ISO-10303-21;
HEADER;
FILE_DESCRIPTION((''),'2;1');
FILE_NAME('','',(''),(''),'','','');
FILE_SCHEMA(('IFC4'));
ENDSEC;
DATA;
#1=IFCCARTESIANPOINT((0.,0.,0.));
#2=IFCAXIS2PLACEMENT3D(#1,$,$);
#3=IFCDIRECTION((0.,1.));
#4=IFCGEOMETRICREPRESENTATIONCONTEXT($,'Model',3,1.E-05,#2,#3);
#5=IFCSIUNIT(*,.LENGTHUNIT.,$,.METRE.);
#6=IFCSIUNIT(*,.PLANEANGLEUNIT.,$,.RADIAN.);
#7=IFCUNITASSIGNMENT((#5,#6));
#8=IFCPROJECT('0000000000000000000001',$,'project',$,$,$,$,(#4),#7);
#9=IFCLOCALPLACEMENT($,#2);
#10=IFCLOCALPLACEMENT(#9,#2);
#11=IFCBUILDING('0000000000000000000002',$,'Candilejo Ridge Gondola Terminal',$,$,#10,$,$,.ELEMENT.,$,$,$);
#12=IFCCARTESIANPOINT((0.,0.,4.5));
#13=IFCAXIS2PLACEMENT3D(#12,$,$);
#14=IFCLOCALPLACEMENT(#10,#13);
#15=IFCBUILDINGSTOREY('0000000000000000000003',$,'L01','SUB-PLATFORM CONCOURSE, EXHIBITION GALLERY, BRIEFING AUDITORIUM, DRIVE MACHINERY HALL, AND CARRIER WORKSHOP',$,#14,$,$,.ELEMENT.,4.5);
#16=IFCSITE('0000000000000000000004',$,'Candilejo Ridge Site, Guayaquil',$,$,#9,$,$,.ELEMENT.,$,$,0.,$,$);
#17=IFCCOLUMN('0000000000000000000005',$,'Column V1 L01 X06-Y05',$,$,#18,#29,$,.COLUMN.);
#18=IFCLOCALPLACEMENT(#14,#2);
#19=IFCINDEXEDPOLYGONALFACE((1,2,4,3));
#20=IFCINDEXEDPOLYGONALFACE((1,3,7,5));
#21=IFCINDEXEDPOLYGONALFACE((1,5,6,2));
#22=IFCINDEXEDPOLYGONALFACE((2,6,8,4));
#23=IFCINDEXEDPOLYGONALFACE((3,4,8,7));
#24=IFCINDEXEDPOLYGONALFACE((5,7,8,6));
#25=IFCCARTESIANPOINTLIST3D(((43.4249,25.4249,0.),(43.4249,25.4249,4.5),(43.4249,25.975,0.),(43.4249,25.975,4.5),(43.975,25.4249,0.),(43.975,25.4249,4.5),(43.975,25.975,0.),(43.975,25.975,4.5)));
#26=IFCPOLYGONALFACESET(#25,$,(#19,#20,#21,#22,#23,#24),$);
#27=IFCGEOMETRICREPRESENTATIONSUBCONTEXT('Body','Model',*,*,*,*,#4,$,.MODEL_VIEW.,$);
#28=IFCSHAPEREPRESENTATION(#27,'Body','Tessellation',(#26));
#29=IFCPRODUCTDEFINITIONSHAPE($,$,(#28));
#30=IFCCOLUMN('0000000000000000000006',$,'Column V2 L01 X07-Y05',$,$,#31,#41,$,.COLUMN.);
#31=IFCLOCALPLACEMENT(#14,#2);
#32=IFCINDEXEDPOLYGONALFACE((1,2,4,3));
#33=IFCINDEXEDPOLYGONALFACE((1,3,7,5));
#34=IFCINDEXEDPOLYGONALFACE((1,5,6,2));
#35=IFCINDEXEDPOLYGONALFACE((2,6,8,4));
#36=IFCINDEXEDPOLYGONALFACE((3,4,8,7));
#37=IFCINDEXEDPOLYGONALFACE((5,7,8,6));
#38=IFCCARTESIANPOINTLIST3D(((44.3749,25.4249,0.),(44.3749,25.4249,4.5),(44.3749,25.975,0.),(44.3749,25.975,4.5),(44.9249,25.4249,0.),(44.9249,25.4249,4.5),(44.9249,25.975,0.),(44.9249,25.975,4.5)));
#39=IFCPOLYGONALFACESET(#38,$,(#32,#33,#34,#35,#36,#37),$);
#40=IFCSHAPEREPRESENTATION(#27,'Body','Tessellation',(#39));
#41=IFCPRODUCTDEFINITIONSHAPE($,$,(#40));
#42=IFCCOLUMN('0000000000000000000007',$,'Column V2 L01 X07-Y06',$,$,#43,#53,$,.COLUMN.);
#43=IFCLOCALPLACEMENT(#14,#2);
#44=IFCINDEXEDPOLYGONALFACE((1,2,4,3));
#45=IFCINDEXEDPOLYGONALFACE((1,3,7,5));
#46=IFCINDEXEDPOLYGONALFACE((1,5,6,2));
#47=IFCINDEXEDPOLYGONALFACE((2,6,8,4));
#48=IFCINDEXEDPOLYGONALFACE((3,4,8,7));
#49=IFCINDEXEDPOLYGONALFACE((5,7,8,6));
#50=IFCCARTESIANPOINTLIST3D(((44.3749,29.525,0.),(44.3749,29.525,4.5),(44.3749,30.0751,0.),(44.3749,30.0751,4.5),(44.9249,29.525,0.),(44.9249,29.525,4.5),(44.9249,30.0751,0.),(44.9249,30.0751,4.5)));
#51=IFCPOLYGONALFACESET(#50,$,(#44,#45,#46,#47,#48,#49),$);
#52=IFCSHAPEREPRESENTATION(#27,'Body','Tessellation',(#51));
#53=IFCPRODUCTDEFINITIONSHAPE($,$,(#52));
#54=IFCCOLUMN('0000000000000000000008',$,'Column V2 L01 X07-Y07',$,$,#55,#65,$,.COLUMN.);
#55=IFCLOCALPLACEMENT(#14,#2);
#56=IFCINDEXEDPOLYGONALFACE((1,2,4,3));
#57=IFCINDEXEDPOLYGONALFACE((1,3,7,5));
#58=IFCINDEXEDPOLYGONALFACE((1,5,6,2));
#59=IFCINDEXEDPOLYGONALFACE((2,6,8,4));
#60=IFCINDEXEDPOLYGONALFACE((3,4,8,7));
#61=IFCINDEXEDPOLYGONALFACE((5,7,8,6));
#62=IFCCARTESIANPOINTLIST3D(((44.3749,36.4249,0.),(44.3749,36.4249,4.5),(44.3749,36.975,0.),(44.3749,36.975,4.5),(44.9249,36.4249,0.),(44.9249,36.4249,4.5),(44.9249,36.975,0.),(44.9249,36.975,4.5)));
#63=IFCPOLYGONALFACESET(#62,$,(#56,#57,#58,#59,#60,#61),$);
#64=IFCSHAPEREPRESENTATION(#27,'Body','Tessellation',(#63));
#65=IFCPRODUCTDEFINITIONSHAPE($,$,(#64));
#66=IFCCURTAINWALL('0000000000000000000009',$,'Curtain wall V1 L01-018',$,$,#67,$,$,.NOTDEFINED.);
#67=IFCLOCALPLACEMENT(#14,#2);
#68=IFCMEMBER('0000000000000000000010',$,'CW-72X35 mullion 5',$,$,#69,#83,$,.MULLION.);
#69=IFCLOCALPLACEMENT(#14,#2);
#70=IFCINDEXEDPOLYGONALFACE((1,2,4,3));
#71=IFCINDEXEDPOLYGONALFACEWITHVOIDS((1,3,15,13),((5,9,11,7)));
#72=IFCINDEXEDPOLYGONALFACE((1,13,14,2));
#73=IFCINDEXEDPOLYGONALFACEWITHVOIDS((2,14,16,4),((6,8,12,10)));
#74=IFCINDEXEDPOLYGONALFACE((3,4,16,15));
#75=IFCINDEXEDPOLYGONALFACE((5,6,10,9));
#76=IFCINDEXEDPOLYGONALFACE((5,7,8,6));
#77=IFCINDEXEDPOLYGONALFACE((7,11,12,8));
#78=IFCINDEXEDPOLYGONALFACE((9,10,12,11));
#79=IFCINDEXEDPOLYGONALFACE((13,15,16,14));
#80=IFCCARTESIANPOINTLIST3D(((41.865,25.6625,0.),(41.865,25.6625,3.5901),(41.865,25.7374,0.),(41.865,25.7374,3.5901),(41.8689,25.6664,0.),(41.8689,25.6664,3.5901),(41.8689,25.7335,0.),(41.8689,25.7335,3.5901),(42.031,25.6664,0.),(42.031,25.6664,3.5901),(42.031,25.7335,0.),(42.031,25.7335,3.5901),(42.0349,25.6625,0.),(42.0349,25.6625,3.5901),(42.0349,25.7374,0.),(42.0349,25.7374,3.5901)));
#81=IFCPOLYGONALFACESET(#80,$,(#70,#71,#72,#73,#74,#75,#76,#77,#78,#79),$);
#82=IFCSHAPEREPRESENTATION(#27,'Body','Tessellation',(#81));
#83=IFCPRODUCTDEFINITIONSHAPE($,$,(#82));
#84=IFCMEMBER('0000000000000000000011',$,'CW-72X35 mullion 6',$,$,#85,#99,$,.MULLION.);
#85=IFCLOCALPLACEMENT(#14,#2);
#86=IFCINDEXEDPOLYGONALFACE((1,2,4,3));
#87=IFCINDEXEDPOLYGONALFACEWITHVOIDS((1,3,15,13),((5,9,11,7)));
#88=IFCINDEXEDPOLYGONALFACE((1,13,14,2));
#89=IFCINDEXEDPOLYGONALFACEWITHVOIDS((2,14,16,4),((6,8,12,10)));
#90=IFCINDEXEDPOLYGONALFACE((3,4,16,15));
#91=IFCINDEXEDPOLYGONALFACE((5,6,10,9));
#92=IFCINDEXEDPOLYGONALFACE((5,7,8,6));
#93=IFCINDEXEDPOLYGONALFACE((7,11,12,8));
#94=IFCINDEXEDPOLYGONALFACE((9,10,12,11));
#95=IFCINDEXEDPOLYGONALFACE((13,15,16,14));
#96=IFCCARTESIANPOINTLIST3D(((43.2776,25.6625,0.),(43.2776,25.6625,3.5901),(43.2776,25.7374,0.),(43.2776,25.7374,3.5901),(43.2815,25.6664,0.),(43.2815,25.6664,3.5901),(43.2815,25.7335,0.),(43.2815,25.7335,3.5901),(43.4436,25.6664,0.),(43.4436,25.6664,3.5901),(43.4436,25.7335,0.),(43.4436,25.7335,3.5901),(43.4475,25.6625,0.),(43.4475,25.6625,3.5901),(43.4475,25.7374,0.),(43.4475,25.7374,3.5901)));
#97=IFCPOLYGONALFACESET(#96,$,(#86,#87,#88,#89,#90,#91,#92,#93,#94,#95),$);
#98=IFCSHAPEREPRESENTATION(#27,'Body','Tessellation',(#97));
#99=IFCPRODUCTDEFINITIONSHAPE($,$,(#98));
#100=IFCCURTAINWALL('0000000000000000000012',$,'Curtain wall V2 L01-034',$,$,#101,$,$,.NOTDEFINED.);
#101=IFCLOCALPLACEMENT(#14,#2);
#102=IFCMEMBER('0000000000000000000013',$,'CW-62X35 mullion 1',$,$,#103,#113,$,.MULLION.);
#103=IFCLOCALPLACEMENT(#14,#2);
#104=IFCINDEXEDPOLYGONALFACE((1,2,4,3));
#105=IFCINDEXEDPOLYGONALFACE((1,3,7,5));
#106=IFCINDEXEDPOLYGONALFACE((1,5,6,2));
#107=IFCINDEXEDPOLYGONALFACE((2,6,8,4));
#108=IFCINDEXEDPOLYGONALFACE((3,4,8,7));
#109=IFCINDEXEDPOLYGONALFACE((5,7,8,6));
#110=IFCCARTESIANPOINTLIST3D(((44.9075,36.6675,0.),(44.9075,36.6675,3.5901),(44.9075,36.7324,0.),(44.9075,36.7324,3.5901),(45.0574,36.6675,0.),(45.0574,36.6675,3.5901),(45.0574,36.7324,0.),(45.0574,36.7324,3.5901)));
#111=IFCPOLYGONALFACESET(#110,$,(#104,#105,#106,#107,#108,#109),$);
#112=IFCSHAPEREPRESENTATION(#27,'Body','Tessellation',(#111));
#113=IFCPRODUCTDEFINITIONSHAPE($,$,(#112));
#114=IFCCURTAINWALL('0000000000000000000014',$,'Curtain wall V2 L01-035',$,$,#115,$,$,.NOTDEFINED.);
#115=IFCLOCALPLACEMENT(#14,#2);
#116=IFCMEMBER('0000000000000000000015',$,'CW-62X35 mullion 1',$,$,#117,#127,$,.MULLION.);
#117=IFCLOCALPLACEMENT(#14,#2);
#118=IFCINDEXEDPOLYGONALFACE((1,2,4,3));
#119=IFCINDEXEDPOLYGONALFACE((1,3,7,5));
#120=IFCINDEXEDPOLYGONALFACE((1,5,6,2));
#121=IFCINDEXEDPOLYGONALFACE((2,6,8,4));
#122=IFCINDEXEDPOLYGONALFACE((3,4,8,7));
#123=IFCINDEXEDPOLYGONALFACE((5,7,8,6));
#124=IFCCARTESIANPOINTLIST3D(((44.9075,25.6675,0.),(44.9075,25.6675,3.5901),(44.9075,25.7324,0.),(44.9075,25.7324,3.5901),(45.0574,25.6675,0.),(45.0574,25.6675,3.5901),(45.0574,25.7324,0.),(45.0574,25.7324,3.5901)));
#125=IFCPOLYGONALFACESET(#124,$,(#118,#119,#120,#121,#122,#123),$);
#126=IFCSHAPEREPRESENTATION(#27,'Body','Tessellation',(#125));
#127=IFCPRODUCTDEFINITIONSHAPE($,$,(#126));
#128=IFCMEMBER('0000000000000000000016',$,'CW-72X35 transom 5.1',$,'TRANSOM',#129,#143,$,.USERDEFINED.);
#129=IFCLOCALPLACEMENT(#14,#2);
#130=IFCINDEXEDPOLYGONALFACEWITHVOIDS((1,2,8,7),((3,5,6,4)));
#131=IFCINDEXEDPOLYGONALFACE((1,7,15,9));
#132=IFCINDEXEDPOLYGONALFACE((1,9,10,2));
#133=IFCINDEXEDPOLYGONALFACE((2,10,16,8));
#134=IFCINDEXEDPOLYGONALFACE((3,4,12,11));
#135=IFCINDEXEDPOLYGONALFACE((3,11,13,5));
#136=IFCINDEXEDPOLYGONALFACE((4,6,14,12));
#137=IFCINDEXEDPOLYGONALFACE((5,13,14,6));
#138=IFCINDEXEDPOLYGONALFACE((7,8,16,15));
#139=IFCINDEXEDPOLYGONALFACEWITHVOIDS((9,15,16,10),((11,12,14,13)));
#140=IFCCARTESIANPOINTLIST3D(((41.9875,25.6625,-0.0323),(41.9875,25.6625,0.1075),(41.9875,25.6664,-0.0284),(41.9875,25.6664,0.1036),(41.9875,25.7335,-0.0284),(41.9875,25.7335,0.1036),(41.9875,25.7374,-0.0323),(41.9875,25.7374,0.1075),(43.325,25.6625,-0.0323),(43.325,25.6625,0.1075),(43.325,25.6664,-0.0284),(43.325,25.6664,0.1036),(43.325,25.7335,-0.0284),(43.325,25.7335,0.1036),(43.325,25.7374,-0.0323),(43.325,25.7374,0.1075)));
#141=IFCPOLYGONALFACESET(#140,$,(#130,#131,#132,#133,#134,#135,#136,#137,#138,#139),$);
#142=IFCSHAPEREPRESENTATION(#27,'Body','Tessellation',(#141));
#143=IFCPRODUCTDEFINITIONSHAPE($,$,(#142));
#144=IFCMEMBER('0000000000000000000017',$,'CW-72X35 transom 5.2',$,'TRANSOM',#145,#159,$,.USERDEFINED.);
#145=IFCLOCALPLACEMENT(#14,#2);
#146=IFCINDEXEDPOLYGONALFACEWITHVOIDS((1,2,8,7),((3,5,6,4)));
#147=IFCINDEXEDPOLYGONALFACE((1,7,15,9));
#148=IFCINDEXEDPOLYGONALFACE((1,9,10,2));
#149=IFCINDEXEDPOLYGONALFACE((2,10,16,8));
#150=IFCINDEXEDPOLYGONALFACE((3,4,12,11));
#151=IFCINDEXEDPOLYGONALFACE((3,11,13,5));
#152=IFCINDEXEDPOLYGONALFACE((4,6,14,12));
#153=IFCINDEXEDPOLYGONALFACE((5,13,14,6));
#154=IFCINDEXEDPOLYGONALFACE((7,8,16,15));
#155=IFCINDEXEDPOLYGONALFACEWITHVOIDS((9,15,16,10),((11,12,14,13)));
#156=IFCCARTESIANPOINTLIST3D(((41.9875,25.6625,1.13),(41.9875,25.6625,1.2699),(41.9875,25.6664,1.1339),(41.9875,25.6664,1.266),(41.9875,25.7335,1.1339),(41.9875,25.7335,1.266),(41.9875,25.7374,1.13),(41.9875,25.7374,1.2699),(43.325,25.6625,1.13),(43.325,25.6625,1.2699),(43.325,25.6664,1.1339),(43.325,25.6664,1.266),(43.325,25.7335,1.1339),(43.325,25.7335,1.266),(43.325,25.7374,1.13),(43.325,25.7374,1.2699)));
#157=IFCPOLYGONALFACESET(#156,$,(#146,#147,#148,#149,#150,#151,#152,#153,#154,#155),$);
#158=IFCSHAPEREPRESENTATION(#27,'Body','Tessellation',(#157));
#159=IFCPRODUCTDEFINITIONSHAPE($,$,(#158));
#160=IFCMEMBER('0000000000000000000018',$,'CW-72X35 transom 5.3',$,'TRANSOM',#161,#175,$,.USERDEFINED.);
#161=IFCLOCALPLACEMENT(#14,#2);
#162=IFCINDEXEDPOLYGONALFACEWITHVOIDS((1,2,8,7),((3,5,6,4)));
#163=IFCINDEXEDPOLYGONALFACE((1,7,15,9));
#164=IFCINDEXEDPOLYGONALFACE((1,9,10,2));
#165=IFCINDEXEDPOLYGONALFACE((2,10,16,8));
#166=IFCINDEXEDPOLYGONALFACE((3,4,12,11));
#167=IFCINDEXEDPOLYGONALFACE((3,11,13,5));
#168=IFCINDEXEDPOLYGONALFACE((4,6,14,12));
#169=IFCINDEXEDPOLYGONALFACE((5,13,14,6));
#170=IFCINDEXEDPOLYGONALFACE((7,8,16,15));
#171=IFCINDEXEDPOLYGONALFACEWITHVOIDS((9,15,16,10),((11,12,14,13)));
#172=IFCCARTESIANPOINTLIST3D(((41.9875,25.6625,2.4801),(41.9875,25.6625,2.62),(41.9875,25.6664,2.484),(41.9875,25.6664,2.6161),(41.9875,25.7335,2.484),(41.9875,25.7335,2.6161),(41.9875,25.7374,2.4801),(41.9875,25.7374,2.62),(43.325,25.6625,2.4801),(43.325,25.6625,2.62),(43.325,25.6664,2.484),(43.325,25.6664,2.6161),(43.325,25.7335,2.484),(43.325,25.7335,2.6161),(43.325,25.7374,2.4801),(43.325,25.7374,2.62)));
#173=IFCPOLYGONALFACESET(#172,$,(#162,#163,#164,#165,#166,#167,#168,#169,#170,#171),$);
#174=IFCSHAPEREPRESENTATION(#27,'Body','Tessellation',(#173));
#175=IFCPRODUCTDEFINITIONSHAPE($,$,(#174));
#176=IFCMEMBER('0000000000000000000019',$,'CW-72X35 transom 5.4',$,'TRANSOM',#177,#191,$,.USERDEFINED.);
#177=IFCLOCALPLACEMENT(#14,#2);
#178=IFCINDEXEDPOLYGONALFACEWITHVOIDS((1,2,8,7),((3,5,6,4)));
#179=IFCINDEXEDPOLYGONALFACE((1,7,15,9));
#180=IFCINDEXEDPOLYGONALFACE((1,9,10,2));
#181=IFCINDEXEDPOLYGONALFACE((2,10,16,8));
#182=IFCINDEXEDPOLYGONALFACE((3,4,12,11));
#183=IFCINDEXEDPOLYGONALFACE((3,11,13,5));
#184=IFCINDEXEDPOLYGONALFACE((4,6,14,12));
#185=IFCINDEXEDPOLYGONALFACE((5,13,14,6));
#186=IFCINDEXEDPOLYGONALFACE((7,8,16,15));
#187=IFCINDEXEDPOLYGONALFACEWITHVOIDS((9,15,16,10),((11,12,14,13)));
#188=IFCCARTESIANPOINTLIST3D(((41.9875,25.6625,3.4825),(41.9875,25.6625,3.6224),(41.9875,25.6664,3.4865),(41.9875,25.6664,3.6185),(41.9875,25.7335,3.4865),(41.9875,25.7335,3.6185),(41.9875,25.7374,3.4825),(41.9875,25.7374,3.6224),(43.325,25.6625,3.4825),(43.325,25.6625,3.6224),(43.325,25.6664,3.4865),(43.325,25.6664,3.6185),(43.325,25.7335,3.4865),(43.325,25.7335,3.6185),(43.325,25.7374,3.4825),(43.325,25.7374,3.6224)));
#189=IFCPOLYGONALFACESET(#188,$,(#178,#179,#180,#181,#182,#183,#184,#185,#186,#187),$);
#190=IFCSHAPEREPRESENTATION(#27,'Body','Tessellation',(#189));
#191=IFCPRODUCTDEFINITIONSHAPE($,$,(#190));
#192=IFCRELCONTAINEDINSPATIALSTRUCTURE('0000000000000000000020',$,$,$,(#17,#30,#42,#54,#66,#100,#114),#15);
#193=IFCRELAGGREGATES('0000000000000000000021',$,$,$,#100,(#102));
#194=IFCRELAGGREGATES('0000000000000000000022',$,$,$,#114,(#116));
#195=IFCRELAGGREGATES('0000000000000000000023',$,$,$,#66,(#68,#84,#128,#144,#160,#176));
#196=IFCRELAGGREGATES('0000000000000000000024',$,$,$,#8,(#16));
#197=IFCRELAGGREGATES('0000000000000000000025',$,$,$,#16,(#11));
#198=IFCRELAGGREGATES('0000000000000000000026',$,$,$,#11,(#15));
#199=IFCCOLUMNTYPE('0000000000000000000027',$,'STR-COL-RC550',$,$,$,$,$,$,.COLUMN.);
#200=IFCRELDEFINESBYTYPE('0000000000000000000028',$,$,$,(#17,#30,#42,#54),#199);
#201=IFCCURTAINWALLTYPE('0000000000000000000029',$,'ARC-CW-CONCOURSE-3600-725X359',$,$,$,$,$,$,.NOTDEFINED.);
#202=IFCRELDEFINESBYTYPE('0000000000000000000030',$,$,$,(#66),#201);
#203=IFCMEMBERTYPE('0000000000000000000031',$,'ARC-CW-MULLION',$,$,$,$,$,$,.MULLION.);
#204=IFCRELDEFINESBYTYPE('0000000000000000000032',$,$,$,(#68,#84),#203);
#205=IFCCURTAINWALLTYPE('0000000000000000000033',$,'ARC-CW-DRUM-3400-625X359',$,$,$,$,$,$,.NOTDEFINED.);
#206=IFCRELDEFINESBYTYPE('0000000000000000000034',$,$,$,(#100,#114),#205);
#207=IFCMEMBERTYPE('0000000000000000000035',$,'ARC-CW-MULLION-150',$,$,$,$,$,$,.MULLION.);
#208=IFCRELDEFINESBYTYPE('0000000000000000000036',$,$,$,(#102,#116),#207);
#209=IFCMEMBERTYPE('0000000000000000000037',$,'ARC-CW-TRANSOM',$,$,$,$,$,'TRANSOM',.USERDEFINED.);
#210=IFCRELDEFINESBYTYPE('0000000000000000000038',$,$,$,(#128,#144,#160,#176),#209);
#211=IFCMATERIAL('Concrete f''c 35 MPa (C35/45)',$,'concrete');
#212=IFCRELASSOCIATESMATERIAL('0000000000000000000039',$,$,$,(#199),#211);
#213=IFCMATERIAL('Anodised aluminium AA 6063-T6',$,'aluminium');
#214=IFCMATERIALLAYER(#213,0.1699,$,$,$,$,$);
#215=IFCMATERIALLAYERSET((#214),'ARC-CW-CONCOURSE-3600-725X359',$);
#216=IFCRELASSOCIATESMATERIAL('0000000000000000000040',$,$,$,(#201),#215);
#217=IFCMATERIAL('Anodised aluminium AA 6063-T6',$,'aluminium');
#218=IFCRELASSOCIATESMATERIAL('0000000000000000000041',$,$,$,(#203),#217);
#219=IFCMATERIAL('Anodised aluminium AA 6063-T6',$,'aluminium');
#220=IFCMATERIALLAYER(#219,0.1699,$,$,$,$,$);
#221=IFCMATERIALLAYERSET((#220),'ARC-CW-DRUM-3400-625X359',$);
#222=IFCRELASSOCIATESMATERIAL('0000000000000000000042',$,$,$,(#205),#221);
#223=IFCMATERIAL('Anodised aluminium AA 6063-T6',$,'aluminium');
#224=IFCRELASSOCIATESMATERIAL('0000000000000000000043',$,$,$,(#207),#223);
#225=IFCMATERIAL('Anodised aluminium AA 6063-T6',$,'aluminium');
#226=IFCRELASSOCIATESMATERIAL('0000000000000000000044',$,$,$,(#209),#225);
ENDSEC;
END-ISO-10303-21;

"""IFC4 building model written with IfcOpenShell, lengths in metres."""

from ifc_helpers import new_model, si_unit, direction, frame, origin, origin_2d, place, context, subcontext, project, spatial, rectangle, hollow_rectangle, extrude, material, layer, layer_set, material_profile, profile_set, type_object, element, aggregate, save


model = new_model("IFC4")

# Units and contexts
model_context = context("Model", 3, precision=1e-05, world=origin(), true_north=direction((0.0, 1.0)))
body_context = subcontext(model_context, "Body", "Model", "MODEL_VIEW")
ifc_project = project(units=[si_unit("LENGTHUNIT", "METRE"), si_unit("PLANEANGLEUNIT", "RADIAN")], contexts=[model_context])

# Site, building, storey
site_placement = place(None, origin())
site = spatial("IfcSite", under=ifc_project, at=site_placement, Name="Candilejo Ridge Site, Guayaquil", CompositionType="ELEMENT", RefElevation=0.0)
building_placement = place(site_placement, origin())
building = spatial("IfcBuilding", under=site, at=building_placement, Name="Candilejo Ridge Gondola Terminal", CompositionType="ELEMENT")
storey_placement = place(building_placement, frame((0.0, 0.0, 4.5)))
storey = spatial("IfcBuildingStorey", under=building, at=storey_placement, Name="L01", Description="SUB-PLATFORM CONCOURSE, EXHIBITION GALLERY, BRIEFING AUDITORIUM, DRIVE MACHINERY HALL, AND CARRIER WORKSHOP", CompositionType="ELEMENT", Elevation=4.5)

# Columns
ifc_material_1 = material(Name="Concrete f'c 35 MPa (C35/45)", Category="concrete")
ifc_material_profile_1 = material_profile(ifc_material_1, rectangle(XDim=0.55, YDim=0.55, at=origin_2d()))
ifc_profile_set_1 = profile_set([ifc_material_profile_1], Name="Concrete f'c 35 MPa (C35/45)")
column_type = type_object("IfcColumnType", Name="STR-COL-RC550", PredefinedType="COLUMN", material=ifc_profile_set_1)
for number, where, z_axis, x_axis, name in (
    (1, (43.7, 25.7, 0.0), (0.0, 0.0, 1.0), (1.0, 0.0, 0.0), "Column V1 L01 X06-Y05"),
    (2, (44.6499, 25.7, 0.0), (0.0, 0.0, 1.0), (1.0, 0.0, 0.0), "Column V2 L01 X07-Y05"),
    (3, (44.6499, 29.8, 0.0), (0.0, 0.0, 1.0), (1.0, 0.0, 0.0), "Column V2 L01 X07-Y06"),
    (4, (44.6499, 36.7, 0.0), (0.0, 0.0, 1.0), (1.0, 0.0, 0.0), "Column V2 L01 X07-Y07"),
):
    element("IfcColumn", number, at=place(storey_placement, frame(where, z_axis=z_axis, x_axis=x_axis)), inside=storey, type_object=column_type, Name=name, PredefinedType="COLUMN", context=body_context, shape_type="SweptSolid", body=[
        extrude(rectangle(XDim=0.55, YDim=0.55, at=origin_2d()), origin(), (0.0, 0.0, 1.0), 4.5),
    ])

# Curtain wall, members
ifc_material_2 = material(Name="Anodised aluminium AA 6063-T6", Category="aluminium")
ifc_layer_1 = layer(ifc_material_2, 0.1699)
ifc_layer_set_1 = layer_set([ifc_layer_1], Name="ARC-CW-CONCOURSE-3600-725X359")
curtain_wall_type_1 = type_object("IfcCurtainWallType", Name="ARC-CW-CONCOURSE-3600-725X359", PredefinedType="NOTDEFINED", material=ifc_layer_set_1)
curtain_wall_1_placement = place(storey_placement, origin())
curtain_wall_1 = element("IfcCurtainWall", 5, at=curtain_wall_1_placement, inside=storey, type_object=curtain_wall_type_1, Name="Curtain wall V1 L01-018", PredefinedType="NOTDEFINED")
ifc_material_3 = material(Name="Anodised aluminium AA 6063-T6", Category="aluminium")
ifc_material_profile_2 = material_profile(ifc_material_3, hollow_rectangle(XDim=0.075, YDim=0.1699, WallThickness=0.0039, at=origin_2d()))
ifc_profile_set_2 = profile_set([ifc_material_profile_2], Name="Anodised aluminium AA 6063-T6")
member_type_1 = type_object("IfcMemberType", Name="ARC-CW-MULLION", PredefinedType="MULLION", material=ifc_profile_set_2)
member_1_placement = place(storey_placement, frame((41.95, 25.7, 0.0), z_axis=(0.0, 0.0, 1.0), x_axis=(0.0, 1.0, 0.0)))
member_1 = element("IfcMember", 6, at=member_1_placement, type_object=member_type_1, Name="CW-72X35 mullion 5", PredefinedType="MULLION", context=body_context, shape_type="SweptSolid", body=[
    extrude(hollow_rectangle(XDim=0.075, YDim=0.1699, WallThickness=0.0039, at=origin_2d()), origin(), (0.0, 0.0, 1.0), 3.5901),
])
member_2_placement = place(storey_placement, frame((43.3625, 25.7, 0.0), z_axis=(0.0, 0.0, 1.0), x_axis=(0.0, 1.0, 0.0)))
member_2 = element("IfcMember", 7, at=member_2_placement, type_object=member_type_1, Name="CW-72X35 mullion 6", PredefinedType="MULLION", context=body_context, shape_type="SweptSolid", body=[
    extrude(hollow_rectangle(XDim=0.075, YDim=0.1699, WallThickness=0.0039, at=origin_2d()), origin(), (0.0, 0.0, 1.0), 3.5901),
])

# Curtain walls, members
ifc_material_4 = material(Name="Anodised aluminium AA 6063-T6", Category="aluminium")
ifc_layer_2 = layer(ifc_material_4, 0.1699)
ifc_layer_set_2 = layer_set([ifc_layer_2], Name="ARC-CW-DRUM-3400-625X359")
curtain_wall_type_2 = type_object("IfcCurtainWallType", Name="ARC-CW-DRUM-3400-625X359", PredefinedType="NOTDEFINED", material=ifc_layer_set_2)
curtain_wall_2_placement = place(storey_placement, origin())
curtain_wall_2 = element("IfcCurtainWall", 8, at=curtain_wall_2_placement, inside=storey, type_object=curtain_wall_type_2, Name="Curtain wall V2 L01-034", PredefinedType="NOTDEFINED")
ifc_material_5 = material(Name="Anodised aluminium AA 6063-T6", Category="aluminium")
ifc_material_profile_3 = material_profile(ifc_material_5, rectangle(XDim=0.0649, YDim=0.1499, at=origin_2d()))
ifc_profile_set_3 = profile_set([ifc_material_profile_3], Name="Anodised aluminium AA 6063-T6")
member_type_2 = type_object("IfcMemberType", Name="ARC-CW-MULLION-150", PredefinedType="MULLION", material=ifc_profile_set_3)
member_3_placement = place(storey_placement, frame((44.9824, 36.7, 0.0), z_axis=(0.0, 0.0, 1.0), x_axis=(0.0, 1.0, 0.0)))
member_3 = element("IfcMember", 9, at=member_3_placement, type_object=member_type_2, Name="CW-62X35 mullion 1", PredefinedType="MULLION", context=body_context, shape_type="SweptSolid", body=[
    extrude(rectangle(XDim=0.0649, YDim=0.1499, at=origin_2d()), origin(), (0.0, 0.0, 1.0), 3.5901),
])
aggregate(curtain_wall_2, [member_3])
curtain_wall_3_placement = place(storey_placement, origin())
curtain_wall_3 = element("IfcCurtainWall", 10, at=curtain_wall_3_placement, inside=storey, type_object=curtain_wall_type_2, Name="Curtain wall V2 L01-035", PredefinedType="NOTDEFINED")
member_4_placement = place(storey_placement, frame((44.9824, 25.7, 0.0), z_axis=(0.0, 0.0, 1.0), x_axis=(0.0, 1.0, 0.0)))
member_4 = element("IfcMember", 11, at=member_4_placement, type_object=member_type_2, Name="CW-62X35 mullion 1", PredefinedType="MULLION", context=body_context, shape_type="SweptSolid", body=[
    extrude(rectangle(XDim=0.0649, YDim=0.1499, at=origin_2d()), origin(), (0.0, 0.0, 1.0), 3.5901),
])
aggregate(curtain_wall_3, [member_4])

# Members
ifc_material_6 = material(Name="Anodised aluminium AA 6063-T6", Category="aluminium")
ifc_material_profile_4 = material_profile(ifc_material_6, hollow_rectangle(XDim=0.075, YDim=0.1399, WallThickness=0.0039, at=origin_2d()))
ifc_profile_set_4 = profile_set([ifc_material_profile_4], Name="Anodised aluminium AA 6063-T6")
member_type_3 = type_object("IfcMemberType", Name="ARC-CW-TRANSOM", ElementType="TRANSOM", PredefinedType="USERDEFINED", material=ifc_profile_set_4)
member_5_placement = place(storey_placement, frame((41.9875, 25.7, 0.0376), z_axis=(1.0, 0.0, 0.0), x_axis=(0.0, 1.0, 0.0)))
member_5 = element("IfcMember", 12, at=member_5_placement, type_object=member_type_3, Name="CW-72X35 transom 5.1", ObjectType="TRANSOM", PredefinedType="USERDEFINED", context=body_context, shape_type="SweptSolid", body=[
    extrude(hollow_rectangle(XDim=0.075, YDim=0.1399, WallThickness=0.0039, at=origin_2d()), origin(), (0.0, 0.0, 1.0), 1.3374),
])
member_6_placement = place(storey_placement, frame((41.9875, 25.7, 1.2), z_axis=(1.0, 0.0, 0.0), x_axis=(0.0, 1.0, 0.0)))
member_6 = element("IfcMember", 13, at=member_6_placement, type_object=member_type_3, Name="CW-72X35 transom 5.2", ObjectType="TRANSOM", PredefinedType="USERDEFINED", context=body_context, shape_type="SweptSolid", body=[
    extrude(hollow_rectangle(XDim=0.075, YDim=0.1399, WallThickness=0.0039, at=origin_2d()), origin(), (0.0, 0.0, 1.0), 1.3374),
])
member_7_placement = place(storey_placement, frame((41.9875, 25.7, 2.55), z_axis=(1.0, 0.0, 0.0), x_axis=(0.0, 1.0, 0.0)))
member_7 = element("IfcMember", 14, at=member_7_placement, type_object=member_type_3, Name="CW-72X35 transom 5.3", ObjectType="TRANSOM", PredefinedType="USERDEFINED", context=body_context, shape_type="SweptSolid", body=[
    extrude(hollow_rectangle(XDim=0.075, YDim=0.1399, WallThickness=0.0039, at=origin_2d()), origin(), (0.0, 0.0, 1.0), 1.3374),
])
member_8_placement = place(storey_placement, frame((41.9875, 25.7, 3.5525), z_axis=(1.0, 0.0, 0.0), x_axis=(0.0, 1.0, 0.0)))
member_8 = element("IfcMember", 15, at=member_8_placement, type_object=member_type_3, Name="CW-72X35 transom 5.4", ObjectType="TRANSOM", PredefinedType="USERDEFINED", context=body_context, shape_type="SweptSolid", body=[
    extrude(hollow_rectangle(XDim=0.075, YDim=0.1399, WallThickness=0.0039, at=origin_2d()), origin(), (0.0, 0.0, 1.0), 1.3374),
])

aggregate(curtain_wall_1, [member_1, member_2, member_5, member_6, member_7, member_8])

save(model, "model.ifc")
